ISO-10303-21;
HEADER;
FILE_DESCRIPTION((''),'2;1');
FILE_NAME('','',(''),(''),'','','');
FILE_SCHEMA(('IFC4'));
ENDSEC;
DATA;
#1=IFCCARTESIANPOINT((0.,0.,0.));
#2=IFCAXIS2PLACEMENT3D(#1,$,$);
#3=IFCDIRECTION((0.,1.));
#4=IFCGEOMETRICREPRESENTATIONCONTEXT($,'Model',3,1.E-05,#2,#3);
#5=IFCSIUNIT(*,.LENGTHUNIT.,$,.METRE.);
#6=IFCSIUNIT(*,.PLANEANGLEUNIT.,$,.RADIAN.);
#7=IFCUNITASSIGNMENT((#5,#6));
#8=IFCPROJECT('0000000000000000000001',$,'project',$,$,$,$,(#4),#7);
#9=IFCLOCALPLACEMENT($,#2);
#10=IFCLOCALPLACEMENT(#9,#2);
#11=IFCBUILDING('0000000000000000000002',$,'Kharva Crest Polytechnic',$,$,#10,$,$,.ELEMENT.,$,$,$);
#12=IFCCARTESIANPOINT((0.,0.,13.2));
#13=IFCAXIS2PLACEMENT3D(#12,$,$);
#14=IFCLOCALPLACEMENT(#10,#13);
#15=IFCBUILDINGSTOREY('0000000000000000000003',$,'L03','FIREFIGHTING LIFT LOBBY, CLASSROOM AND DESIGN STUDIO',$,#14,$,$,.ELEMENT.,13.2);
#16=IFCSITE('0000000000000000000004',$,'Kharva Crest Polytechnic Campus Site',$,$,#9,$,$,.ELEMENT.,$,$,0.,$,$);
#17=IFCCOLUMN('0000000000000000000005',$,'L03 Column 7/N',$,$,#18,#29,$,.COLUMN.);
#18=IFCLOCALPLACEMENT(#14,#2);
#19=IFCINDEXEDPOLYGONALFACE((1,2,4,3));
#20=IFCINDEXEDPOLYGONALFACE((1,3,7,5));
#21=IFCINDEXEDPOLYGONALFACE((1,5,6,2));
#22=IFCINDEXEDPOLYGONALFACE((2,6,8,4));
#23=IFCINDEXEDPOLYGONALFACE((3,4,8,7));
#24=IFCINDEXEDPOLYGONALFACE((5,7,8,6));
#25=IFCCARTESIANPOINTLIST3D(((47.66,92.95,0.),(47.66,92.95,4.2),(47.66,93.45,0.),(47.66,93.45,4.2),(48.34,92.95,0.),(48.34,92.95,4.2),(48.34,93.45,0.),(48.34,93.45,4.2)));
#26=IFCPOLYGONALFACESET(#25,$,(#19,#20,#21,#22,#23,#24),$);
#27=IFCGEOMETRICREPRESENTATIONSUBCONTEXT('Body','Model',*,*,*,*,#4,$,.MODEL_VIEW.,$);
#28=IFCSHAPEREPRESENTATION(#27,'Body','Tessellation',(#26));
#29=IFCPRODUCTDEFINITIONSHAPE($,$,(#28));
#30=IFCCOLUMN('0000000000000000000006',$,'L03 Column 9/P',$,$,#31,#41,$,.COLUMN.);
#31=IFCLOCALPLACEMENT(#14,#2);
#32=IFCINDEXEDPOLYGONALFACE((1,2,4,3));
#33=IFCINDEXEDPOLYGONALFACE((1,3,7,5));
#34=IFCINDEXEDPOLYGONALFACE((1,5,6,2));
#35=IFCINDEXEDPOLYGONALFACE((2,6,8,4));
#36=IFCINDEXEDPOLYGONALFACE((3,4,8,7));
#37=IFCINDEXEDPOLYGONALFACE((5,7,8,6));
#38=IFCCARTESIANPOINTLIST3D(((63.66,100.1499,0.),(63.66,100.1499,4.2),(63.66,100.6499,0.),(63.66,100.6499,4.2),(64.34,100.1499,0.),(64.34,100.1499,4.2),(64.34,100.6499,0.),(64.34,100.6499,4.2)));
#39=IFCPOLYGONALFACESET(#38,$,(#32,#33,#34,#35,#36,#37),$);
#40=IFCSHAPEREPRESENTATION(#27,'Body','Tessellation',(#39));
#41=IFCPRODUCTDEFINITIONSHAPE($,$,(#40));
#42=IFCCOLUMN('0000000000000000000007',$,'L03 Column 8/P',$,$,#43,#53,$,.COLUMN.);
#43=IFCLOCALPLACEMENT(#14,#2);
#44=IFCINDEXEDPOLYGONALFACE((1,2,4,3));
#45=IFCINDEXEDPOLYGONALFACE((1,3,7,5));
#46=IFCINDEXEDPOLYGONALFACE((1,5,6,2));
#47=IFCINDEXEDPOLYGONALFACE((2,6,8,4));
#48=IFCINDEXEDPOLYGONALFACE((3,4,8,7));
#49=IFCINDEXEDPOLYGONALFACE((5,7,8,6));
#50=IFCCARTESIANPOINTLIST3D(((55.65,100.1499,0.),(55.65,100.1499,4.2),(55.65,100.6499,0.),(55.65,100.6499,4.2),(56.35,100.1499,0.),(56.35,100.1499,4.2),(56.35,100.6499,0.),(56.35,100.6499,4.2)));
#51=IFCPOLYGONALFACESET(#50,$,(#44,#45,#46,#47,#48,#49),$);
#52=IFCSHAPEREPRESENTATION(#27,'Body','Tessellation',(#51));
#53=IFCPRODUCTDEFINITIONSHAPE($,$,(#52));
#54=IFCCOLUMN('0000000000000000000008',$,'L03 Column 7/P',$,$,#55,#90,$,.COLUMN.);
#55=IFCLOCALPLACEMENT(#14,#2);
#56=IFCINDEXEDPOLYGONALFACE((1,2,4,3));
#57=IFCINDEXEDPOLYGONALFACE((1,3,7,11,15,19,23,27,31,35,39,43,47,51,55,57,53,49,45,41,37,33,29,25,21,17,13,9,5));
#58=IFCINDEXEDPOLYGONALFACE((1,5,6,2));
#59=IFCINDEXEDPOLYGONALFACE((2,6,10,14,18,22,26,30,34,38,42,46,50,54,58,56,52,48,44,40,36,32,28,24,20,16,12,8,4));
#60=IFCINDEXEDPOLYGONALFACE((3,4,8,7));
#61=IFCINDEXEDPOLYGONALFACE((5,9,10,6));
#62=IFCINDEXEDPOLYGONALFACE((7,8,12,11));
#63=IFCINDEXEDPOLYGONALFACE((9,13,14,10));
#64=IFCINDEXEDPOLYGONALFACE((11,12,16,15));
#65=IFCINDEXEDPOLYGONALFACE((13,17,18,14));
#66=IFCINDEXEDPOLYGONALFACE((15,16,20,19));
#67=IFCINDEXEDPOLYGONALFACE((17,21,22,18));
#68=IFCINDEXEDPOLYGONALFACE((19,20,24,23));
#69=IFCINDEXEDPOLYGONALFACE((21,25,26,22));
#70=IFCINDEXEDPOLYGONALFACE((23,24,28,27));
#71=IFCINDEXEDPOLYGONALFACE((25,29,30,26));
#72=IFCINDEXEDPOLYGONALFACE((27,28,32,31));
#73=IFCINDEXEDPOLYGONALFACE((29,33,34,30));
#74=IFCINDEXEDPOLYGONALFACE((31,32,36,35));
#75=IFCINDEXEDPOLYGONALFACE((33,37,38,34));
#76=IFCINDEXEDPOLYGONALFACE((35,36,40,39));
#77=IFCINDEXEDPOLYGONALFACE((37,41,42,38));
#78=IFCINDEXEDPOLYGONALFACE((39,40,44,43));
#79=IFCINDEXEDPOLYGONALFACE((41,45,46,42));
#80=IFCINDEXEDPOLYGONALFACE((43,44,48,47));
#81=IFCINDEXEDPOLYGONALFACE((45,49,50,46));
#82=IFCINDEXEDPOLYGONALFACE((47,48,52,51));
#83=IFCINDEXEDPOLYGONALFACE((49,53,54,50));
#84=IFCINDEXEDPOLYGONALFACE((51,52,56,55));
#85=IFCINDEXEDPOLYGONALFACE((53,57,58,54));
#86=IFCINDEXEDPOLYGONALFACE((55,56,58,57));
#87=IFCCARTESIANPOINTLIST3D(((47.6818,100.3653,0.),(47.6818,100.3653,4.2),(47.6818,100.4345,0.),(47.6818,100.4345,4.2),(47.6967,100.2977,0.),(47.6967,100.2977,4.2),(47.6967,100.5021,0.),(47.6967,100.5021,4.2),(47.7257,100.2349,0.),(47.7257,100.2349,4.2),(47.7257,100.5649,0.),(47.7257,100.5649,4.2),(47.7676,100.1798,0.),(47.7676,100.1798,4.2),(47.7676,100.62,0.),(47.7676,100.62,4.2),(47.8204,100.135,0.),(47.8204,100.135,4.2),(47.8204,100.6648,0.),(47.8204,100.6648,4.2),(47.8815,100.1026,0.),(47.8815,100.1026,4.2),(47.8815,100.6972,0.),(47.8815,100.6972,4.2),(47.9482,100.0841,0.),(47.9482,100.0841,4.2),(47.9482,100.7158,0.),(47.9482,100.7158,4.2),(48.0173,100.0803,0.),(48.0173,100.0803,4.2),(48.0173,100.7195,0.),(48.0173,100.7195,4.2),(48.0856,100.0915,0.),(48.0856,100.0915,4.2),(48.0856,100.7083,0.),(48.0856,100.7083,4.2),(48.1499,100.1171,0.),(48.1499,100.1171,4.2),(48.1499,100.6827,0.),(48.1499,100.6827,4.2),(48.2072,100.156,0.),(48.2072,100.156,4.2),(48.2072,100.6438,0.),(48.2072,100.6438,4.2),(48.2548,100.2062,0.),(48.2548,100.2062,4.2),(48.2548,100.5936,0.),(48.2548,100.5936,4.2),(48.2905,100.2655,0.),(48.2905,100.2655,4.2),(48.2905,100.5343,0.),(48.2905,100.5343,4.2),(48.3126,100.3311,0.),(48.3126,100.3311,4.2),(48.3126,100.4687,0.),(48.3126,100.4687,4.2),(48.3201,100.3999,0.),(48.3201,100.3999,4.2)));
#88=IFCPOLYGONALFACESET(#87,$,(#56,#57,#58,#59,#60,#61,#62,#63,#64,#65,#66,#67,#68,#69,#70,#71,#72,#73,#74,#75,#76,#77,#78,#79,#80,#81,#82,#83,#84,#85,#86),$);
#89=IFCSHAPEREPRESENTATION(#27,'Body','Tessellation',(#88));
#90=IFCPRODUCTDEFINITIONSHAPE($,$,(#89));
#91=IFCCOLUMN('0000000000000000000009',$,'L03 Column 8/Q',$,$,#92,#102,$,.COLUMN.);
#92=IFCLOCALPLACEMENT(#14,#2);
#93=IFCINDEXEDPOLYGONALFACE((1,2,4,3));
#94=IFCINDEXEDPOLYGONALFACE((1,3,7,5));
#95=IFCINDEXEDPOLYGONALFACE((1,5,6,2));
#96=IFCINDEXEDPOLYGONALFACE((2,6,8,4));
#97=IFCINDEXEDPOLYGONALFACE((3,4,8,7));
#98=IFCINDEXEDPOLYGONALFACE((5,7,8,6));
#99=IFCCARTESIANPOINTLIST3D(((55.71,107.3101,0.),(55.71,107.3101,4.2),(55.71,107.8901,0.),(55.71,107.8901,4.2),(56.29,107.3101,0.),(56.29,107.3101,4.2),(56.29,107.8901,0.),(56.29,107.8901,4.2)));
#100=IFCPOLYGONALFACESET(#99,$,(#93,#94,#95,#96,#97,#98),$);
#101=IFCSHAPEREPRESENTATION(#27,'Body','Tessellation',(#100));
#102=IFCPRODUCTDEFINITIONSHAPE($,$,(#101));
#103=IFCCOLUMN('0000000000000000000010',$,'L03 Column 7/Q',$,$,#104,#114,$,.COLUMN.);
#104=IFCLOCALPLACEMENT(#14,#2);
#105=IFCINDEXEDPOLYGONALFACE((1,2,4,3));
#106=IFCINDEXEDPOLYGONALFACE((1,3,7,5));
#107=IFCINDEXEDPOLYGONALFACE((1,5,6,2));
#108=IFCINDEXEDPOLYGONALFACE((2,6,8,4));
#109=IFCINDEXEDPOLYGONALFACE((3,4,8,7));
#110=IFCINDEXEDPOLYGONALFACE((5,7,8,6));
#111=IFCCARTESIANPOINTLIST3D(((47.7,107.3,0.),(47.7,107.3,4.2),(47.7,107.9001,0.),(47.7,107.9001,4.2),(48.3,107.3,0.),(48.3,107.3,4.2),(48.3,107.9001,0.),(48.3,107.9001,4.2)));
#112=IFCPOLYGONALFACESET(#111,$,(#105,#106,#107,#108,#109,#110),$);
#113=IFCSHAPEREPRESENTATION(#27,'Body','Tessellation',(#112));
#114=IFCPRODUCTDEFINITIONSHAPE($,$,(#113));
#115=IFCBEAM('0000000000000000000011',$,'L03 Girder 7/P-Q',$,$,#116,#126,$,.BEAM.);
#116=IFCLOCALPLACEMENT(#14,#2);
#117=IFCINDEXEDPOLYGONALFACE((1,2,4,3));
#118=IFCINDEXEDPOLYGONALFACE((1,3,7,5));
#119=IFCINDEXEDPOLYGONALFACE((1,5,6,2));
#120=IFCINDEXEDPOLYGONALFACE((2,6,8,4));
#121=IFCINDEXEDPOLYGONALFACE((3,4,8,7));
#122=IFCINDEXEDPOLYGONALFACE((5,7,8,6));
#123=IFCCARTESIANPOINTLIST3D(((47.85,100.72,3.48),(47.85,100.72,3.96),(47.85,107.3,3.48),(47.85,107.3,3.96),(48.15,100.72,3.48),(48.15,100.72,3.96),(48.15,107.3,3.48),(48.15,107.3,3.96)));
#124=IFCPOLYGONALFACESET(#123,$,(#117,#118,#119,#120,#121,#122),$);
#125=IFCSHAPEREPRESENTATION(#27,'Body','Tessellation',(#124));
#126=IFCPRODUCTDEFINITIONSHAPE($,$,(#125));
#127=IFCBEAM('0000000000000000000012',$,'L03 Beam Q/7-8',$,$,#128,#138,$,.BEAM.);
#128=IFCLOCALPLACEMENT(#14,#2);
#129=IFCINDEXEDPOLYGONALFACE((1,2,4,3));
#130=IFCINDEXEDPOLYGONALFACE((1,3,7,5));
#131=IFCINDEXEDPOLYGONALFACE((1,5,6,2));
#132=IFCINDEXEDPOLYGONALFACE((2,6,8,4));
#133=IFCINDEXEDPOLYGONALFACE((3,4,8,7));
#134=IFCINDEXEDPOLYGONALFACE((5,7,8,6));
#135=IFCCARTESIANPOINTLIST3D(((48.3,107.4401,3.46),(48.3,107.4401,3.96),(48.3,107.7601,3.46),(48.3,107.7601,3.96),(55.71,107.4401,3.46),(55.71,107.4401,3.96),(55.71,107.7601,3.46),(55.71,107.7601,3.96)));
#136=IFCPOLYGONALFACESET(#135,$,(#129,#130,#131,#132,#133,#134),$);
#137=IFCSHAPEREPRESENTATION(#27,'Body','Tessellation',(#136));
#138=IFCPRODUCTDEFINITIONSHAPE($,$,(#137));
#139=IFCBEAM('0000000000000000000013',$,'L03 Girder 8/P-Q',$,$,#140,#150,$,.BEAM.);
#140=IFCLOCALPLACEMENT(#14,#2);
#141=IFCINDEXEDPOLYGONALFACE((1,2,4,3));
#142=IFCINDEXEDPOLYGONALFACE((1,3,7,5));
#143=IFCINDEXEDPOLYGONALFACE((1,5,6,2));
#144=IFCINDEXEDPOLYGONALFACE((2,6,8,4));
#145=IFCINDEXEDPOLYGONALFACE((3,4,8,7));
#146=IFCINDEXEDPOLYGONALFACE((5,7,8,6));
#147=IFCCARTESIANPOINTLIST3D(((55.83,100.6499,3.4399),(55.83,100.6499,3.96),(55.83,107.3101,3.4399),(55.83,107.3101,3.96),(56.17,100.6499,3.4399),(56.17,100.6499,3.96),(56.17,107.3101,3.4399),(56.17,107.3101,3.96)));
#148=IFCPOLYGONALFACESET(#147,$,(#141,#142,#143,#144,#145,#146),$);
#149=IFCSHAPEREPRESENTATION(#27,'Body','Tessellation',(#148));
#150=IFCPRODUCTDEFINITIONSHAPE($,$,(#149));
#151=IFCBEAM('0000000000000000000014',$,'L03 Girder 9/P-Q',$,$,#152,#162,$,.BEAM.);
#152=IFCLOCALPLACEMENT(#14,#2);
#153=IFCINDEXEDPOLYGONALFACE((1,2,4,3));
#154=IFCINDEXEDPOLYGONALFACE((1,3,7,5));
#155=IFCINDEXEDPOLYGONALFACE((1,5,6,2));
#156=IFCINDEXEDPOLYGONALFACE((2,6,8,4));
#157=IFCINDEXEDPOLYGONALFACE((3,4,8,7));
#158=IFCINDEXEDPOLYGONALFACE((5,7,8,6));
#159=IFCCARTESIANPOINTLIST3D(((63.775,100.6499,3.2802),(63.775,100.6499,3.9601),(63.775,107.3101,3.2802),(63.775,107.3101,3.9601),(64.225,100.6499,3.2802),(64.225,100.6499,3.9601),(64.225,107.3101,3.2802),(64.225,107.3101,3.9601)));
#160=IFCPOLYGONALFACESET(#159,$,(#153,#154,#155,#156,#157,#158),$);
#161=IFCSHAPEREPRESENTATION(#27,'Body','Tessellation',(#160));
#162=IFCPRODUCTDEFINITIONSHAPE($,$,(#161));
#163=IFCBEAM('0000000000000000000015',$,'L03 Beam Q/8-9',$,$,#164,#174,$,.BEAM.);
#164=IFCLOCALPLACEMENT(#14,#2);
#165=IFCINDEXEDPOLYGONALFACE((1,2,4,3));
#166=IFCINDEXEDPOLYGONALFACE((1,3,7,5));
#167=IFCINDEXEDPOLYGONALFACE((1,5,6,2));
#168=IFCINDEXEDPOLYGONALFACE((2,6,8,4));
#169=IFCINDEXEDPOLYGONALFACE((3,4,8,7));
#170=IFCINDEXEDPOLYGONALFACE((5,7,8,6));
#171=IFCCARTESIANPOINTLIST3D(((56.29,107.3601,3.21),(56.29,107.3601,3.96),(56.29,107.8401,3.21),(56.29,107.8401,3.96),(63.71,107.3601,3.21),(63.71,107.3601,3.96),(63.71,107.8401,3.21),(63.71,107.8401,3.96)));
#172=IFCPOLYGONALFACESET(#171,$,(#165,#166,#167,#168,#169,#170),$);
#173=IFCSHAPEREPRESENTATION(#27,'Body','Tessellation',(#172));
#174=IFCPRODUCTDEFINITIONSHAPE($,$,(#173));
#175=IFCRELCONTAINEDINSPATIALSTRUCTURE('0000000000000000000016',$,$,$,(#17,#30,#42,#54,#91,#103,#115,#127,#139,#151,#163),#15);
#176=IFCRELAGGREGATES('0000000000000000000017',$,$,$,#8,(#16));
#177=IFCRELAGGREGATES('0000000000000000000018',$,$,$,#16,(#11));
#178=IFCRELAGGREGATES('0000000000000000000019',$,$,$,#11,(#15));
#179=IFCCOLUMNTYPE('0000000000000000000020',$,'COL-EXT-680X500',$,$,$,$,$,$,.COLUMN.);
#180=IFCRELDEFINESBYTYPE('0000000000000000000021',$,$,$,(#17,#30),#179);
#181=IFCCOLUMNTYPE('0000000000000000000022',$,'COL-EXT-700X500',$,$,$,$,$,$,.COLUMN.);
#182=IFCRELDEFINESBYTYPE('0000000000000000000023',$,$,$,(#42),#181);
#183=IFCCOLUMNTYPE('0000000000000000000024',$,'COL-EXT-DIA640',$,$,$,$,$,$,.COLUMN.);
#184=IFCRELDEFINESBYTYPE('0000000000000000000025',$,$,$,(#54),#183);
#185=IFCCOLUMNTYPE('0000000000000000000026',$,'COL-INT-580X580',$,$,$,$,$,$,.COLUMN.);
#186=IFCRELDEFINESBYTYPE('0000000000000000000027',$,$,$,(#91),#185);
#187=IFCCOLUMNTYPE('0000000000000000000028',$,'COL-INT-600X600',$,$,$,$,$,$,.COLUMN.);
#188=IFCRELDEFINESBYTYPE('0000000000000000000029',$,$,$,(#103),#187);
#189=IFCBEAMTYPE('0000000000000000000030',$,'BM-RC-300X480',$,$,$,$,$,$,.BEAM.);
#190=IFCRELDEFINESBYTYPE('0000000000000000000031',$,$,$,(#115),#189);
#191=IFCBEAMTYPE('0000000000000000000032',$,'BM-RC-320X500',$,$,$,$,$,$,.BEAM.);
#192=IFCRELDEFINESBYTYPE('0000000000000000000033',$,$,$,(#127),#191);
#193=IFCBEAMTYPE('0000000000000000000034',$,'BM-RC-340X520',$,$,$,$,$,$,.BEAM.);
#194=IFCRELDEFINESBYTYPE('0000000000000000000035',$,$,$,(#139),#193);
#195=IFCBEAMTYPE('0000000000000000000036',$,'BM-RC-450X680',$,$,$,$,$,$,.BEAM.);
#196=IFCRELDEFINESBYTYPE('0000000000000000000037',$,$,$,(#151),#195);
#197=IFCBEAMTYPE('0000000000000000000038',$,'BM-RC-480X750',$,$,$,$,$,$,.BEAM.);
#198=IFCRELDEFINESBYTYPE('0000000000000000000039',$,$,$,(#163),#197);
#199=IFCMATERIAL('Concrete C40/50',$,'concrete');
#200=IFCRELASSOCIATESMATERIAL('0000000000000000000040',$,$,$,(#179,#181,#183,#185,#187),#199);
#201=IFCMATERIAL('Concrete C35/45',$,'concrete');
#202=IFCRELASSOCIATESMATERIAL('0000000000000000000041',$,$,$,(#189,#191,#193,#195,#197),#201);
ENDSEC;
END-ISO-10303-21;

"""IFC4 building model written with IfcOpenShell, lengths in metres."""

from ifc_helpers import new_model, si_unit, direction, frame, origin, origin_2d, place, context, subcontext, project, spatial, rectangle, circle, extrude, material, material_profile, profile_set, type_object, element, save


model = new_model("IFC4")

# Units and contexts
model_context = context("Model", 3, precision=1e-05, world=origin(), true_north=direction((0.0, 1.0)))
body_context = subcontext(model_context, "Body", "Model", "MODEL_VIEW")
ifc_project = project(units=[si_unit("LENGTHUNIT", "METRE"), si_unit("PLANEANGLEUNIT", "RADIAN")], contexts=[model_context])

# Site, building, storey
site_placement = place(None, origin())
site = spatial("IfcSite", under=ifc_project, at=site_placement, Name="Kharva Crest Polytechnic Campus Site", CompositionType="ELEMENT", RefElevation=0.0)
building_placement = place(site_placement, origin())
building = spatial("IfcBuilding", under=site, at=building_placement, Name="Kharva Crest Polytechnic", CompositionType="ELEMENT")
storey_placement = place(building_placement, frame((0.0, 0.0, 13.2)))
storey = spatial("IfcBuildingStorey", under=building, at=storey_placement, Name="L03", Description="FIREFIGHTING LIFT LOBBY, CLASSROOM AND DESIGN STUDIO", CompositionType="ELEMENT", Elevation=13.2)

# Columns
ifc_material_1 = material(Name="Concrete C40/50", Category="concrete")
ifc_material_profile_1 = material_profile(ifc_material_1, rectangle(XDim=0.6799, YDim=0.5, at=origin_2d()), Name="RECT 680 X 500")
ifc_profile_set_1 = profile_set([ifc_material_profile_1], Name="Concrete C40/50")
column_type_1 = type_object("IfcColumnType", Name="COL-EXT-680X500", PredefinedType="COLUMN", material=ifc_profile_set_1)
for number, where, z_axis, x_axis, name in (
    (1, (48.0, 93.2, 0.0), (0.0, 0.0, 1.0), (1.0, 0.0, 0.0), "L03 Column 7/N"),
    (2, (64.0, 100.3999, 0.0), (0.0, 0.0, 1.0), (1.0, 0.0, 0.0), "L03 Column 9/P"),
):
    element("IfcColumn", number, at=place(storey_placement, frame(where, z_axis=z_axis, x_axis=x_axis)), inside=storey, type_object=column_type_1, Name=name, PredefinedType="COLUMN", context=body_context, shape_type="SweptSolid", body=[
        extrude(rectangle(XDim=0.6799, YDim=0.5, at=origin_2d()), origin(), (0.0, 0.0, 1.0), 4.2),
    ])
ifc_material_profile_2 = material_profile(ifc_material_1, rectangle(XDim=0.7, YDim=0.5, at=origin_2d()), Name="RECT 700 X 500")
ifc_profile_set_2 = profile_set([ifc_material_profile_2], Name="Concrete C40/50")
column_type_2 = type_object("IfcColumnType", Name="COL-EXT-700X500", PredefinedType="COLUMN", material=ifc_profile_set_2)
column_1_placement = place(storey_placement, frame((56.0, 100.3999, 0.0), z_axis=(0.0, 0.0, 1.0), x_axis=(1.0, 0.0, 0.0)))
element("IfcColumn", 3, at=column_1_placement, inside=storey, type_object=column_type_2, Name="L03 Column 8/P", PredefinedType="COLUMN", context=body_context, shape_type="SweptSolid", body=[
    extrude(rectangle(XDim=0.7, YDim=0.5, at=origin_2d()), origin(), (0.0, 0.0, 1.0), 4.2),
])
ifc_material_profile_3 = material_profile(ifc_material_1, circle(Radius=0.3201, at=origin_2d()), Name="DIA 640")
ifc_profile_set_3 = profile_set([ifc_material_profile_3], Name="Concrete C40/50")
column_type_3 = type_object("IfcColumnType", Name="COL-EXT-DIA640", PredefinedType="COLUMN", material=ifc_profile_set_3)
column_2_placement = place(storey_placement, frame((48.0, 100.3999, 0.0), z_axis=(0.0, 0.0, 1.0), x_axis=(1.0, 0.0, 0.0)))
element("IfcColumn", 4, at=column_2_placement, inside=storey, type_object=column_type_3, Name="L03 Column 7/P", PredefinedType="COLUMN", context=body_context, shape_type="SweptSolid", body=[
    extrude(circle(Radius=0.3201, at=origin_2d()), origin(), (0.0, 0.0, 1.0), 4.2),
])
ifc_material_profile_4 = material_profile(ifc_material_1, rectangle(XDim=0.5801, YDim=0.5801, at=origin_2d()), Name="RECT 580 X 580")
ifc_profile_set_4 = profile_set([ifc_material_profile_4], Name="Concrete C40/50")
column_type_4 = type_object("IfcColumnType", Name="COL-INT-580X580", PredefinedType="COLUMN", material=ifc_profile_set_4)
column_3_placement = place(storey_placement, frame((56.0, 107.6001, 0.0), z_axis=(0.0, 0.0, 1.0), x_axis=(1.0, 0.0, 0.0)))
element("IfcColumn", 5, at=column_3_placement, inside=storey, type_object=column_type_4, Name="L03 Column 8/Q", PredefinedType="COLUMN", context=body_context, shape_type="SweptSolid", body=[
    extrude(rectangle(XDim=0.5801, YDim=0.5801, at=origin_2d()), origin(), (0.0, 0.0, 1.0), 4.2),
])
ifc_material_profile_5 = material_profile(ifc_material_1, rectangle(XDim=0.6001, YDim=0.6001, at=origin_2d()), Name="RECT 600 X 600")
ifc_profile_set_5 = profile_set([ifc_material_profile_5], Name="Concrete C40/50")
column_type_5 = type_object("IfcColumnType", Name="COL-INT-600X600", PredefinedType="COLUMN", material=ifc_profile_set_5)
column_4_placement = place(storey_placement, frame((48.0, 107.6001, 0.0), z_axis=(0.0, 0.0, 1.0), x_axis=(1.0, 0.0, 0.0)))
element("IfcColumn", 6, at=column_4_placement, inside=storey, type_object=column_type_5, Name="L03 Column 7/Q", PredefinedType="COLUMN", context=body_context, shape_type="SweptSolid", body=[
    extrude(rectangle(XDim=0.6001, YDim=0.6001, at=origin_2d()), origin(), (0.0, 0.0, 1.0), 4.2),
])

# Beams
ifc_material_2 = material(Name="Concrete C35/45", Category="concrete")
ifc_material_profile_6 = material_profile(ifc_material_2, rectangle(XDim=0.3, YDim=0.48, at=origin_2d()), Name="RECT 300 X 480")
ifc_profile_set_6 = profile_set([ifc_material_profile_6], Name="Concrete C35/45")
beam_type_1 = type_object("IfcBeamType", Name="BM-RC-300X480", PredefinedType="BEAM", material=ifc_profile_set_6)
beam_1_placement = place(storey_placement, frame((48.0, 100.72, 3.72), z_axis=(0.0, 1.0, 0.0), x_axis=(-1.0, 0.0, 0.0)))
element("IfcBeam", 7, at=beam_1_placement, inside=storey, type_object=beam_type_1, Name="L03 Girder 7/P-Q", PredefinedType="BEAM", context=body_context, shape_type="SweptSolid", body=[
    extrude(rectangle(XDim=0.3, YDim=0.48, at=origin_2d()), origin(), (0.0, 0.0, 1.0), 6.5801),
])
ifc_material_profile_7 = material_profile(ifc_material_2, rectangle(XDim=0.3201, YDim=0.5, at=origin_2d()), Name="RECT 320 X 500")
ifc_profile_set_7 = profile_set([ifc_material_profile_7], Name="Concrete C35/45")
beam_type_2 = type_object("IfcBeamType", Name="BM-RC-320X500", PredefinedType="BEAM", material=ifc_profile_set_7)
beam_2_placement = place(storey_placement, frame((48.3, 107.6001, 3.71), z_axis=(1.0, 0.0, 0.0), x_axis=(0.0, 1.0, 0.0)))
element("IfcBeam", 8, at=beam_2_placement, inside=storey, type_object=beam_type_2, Name="L03 Beam Q/7-8", PredefinedType="BEAM", context=body_context, shape_type="SweptSolid", body=[
    extrude(rectangle(XDim=0.3201, YDim=0.5, at=origin_2d()), origin(), (0.0, 0.0, 1.0), 7.4099),
])
ifc_material_profile_8 = material_profile(ifc_material_2, rectangle(XDim=0.3401, YDim=0.52, at=origin_2d()), Name="RECT 340 X 520")
ifc_profile_set_8 = profile_set([ifc_material_profile_8], Name="Concrete C35/45")
beam_type_3 = type_object("IfcBeamType", Name="BM-RC-340X520", PredefinedType="BEAM", material=ifc_profile_set_8)
beam_3_placement = place(storey_placement, frame((56.0, 100.6499, 3.7), z_axis=(0.0, 1.0, 0.0), x_axis=(-1.0, 0.0, 0.0)))
element("IfcBeam", 9, at=beam_3_placement, inside=storey, type_object=beam_type_3, Name="L03 Girder 8/P-Q", PredefinedType="BEAM", context=body_context, shape_type="SweptSolid", body=[
    extrude(rectangle(XDim=0.3401, YDim=0.52, at=origin_2d()), origin(), (0.0, 0.0, 1.0), 6.6602),
])
ifc_material_profile_9 = material_profile(ifc_material_2, rectangle(XDim=0.45, YDim=0.6799, at=origin_2d()), Name="RECT 450 X 680")
ifc_profile_set_9 = profile_set([ifc_material_profile_9], Name="Concrete C35/45")
beam_type_4 = type_object("IfcBeamType", Name="BM-RC-450X680", PredefinedType="BEAM", material=ifc_profile_set_9)
beam_4_placement = place(storey_placement, frame((64.0, 100.6499, 3.6201), z_axis=(0.0, 1.0, 0.0), x_axis=(-1.0, 0.0, 0.0)))
element("IfcBeam", 10, at=beam_4_placement, inside=storey, type_object=beam_type_4, Name="L03 Girder 9/P-Q", PredefinedType="BEAM", context=body_context, shape_type="SweptSolid", body=[
    extrude(rectangle(XDim=0.45, YDim=0.6799, at=origin_2d()), origin(), (0.0, 0.0, 1.0), 6.6602),
])
ifc_material_profile_10 = material_profile(ifc_material_2, rectangle(XDim=0.48, YDim=0.75, at=origin_2d()), Name="RECT 480 X 750")
ifc_profile_set_10 = profile_set([ifc_material_profile_10], Name="Concrete C35/45")
beam_type_5 = type_object("IfcBeamType", Name="BM-RC-480X750", PredefinedType="BEAM", material=ifc_profile_set_10)
beam_5_placement = place(storey_placement, frame((56.29, 107.6001, 3.585), z_axis=(1.0, 0.0, 0.0), x_axis=(0.0, 1.0, 0.0)))
element("IfcBeam", 11, at=beam_5_placement, inside=storey, type_object=beam_type_5, Name="L03 Beam Q/8-9", PredefinedType="BEAM", context=body_context, shape_type="SweptSolid", body=[
    extrude(rectangle(XDim=0.48, YDim=0.75, at=origin_2d()), origin(), (0.0, 0.0, 1.0), 7.4199),
])

save(model, "model.ifc")
